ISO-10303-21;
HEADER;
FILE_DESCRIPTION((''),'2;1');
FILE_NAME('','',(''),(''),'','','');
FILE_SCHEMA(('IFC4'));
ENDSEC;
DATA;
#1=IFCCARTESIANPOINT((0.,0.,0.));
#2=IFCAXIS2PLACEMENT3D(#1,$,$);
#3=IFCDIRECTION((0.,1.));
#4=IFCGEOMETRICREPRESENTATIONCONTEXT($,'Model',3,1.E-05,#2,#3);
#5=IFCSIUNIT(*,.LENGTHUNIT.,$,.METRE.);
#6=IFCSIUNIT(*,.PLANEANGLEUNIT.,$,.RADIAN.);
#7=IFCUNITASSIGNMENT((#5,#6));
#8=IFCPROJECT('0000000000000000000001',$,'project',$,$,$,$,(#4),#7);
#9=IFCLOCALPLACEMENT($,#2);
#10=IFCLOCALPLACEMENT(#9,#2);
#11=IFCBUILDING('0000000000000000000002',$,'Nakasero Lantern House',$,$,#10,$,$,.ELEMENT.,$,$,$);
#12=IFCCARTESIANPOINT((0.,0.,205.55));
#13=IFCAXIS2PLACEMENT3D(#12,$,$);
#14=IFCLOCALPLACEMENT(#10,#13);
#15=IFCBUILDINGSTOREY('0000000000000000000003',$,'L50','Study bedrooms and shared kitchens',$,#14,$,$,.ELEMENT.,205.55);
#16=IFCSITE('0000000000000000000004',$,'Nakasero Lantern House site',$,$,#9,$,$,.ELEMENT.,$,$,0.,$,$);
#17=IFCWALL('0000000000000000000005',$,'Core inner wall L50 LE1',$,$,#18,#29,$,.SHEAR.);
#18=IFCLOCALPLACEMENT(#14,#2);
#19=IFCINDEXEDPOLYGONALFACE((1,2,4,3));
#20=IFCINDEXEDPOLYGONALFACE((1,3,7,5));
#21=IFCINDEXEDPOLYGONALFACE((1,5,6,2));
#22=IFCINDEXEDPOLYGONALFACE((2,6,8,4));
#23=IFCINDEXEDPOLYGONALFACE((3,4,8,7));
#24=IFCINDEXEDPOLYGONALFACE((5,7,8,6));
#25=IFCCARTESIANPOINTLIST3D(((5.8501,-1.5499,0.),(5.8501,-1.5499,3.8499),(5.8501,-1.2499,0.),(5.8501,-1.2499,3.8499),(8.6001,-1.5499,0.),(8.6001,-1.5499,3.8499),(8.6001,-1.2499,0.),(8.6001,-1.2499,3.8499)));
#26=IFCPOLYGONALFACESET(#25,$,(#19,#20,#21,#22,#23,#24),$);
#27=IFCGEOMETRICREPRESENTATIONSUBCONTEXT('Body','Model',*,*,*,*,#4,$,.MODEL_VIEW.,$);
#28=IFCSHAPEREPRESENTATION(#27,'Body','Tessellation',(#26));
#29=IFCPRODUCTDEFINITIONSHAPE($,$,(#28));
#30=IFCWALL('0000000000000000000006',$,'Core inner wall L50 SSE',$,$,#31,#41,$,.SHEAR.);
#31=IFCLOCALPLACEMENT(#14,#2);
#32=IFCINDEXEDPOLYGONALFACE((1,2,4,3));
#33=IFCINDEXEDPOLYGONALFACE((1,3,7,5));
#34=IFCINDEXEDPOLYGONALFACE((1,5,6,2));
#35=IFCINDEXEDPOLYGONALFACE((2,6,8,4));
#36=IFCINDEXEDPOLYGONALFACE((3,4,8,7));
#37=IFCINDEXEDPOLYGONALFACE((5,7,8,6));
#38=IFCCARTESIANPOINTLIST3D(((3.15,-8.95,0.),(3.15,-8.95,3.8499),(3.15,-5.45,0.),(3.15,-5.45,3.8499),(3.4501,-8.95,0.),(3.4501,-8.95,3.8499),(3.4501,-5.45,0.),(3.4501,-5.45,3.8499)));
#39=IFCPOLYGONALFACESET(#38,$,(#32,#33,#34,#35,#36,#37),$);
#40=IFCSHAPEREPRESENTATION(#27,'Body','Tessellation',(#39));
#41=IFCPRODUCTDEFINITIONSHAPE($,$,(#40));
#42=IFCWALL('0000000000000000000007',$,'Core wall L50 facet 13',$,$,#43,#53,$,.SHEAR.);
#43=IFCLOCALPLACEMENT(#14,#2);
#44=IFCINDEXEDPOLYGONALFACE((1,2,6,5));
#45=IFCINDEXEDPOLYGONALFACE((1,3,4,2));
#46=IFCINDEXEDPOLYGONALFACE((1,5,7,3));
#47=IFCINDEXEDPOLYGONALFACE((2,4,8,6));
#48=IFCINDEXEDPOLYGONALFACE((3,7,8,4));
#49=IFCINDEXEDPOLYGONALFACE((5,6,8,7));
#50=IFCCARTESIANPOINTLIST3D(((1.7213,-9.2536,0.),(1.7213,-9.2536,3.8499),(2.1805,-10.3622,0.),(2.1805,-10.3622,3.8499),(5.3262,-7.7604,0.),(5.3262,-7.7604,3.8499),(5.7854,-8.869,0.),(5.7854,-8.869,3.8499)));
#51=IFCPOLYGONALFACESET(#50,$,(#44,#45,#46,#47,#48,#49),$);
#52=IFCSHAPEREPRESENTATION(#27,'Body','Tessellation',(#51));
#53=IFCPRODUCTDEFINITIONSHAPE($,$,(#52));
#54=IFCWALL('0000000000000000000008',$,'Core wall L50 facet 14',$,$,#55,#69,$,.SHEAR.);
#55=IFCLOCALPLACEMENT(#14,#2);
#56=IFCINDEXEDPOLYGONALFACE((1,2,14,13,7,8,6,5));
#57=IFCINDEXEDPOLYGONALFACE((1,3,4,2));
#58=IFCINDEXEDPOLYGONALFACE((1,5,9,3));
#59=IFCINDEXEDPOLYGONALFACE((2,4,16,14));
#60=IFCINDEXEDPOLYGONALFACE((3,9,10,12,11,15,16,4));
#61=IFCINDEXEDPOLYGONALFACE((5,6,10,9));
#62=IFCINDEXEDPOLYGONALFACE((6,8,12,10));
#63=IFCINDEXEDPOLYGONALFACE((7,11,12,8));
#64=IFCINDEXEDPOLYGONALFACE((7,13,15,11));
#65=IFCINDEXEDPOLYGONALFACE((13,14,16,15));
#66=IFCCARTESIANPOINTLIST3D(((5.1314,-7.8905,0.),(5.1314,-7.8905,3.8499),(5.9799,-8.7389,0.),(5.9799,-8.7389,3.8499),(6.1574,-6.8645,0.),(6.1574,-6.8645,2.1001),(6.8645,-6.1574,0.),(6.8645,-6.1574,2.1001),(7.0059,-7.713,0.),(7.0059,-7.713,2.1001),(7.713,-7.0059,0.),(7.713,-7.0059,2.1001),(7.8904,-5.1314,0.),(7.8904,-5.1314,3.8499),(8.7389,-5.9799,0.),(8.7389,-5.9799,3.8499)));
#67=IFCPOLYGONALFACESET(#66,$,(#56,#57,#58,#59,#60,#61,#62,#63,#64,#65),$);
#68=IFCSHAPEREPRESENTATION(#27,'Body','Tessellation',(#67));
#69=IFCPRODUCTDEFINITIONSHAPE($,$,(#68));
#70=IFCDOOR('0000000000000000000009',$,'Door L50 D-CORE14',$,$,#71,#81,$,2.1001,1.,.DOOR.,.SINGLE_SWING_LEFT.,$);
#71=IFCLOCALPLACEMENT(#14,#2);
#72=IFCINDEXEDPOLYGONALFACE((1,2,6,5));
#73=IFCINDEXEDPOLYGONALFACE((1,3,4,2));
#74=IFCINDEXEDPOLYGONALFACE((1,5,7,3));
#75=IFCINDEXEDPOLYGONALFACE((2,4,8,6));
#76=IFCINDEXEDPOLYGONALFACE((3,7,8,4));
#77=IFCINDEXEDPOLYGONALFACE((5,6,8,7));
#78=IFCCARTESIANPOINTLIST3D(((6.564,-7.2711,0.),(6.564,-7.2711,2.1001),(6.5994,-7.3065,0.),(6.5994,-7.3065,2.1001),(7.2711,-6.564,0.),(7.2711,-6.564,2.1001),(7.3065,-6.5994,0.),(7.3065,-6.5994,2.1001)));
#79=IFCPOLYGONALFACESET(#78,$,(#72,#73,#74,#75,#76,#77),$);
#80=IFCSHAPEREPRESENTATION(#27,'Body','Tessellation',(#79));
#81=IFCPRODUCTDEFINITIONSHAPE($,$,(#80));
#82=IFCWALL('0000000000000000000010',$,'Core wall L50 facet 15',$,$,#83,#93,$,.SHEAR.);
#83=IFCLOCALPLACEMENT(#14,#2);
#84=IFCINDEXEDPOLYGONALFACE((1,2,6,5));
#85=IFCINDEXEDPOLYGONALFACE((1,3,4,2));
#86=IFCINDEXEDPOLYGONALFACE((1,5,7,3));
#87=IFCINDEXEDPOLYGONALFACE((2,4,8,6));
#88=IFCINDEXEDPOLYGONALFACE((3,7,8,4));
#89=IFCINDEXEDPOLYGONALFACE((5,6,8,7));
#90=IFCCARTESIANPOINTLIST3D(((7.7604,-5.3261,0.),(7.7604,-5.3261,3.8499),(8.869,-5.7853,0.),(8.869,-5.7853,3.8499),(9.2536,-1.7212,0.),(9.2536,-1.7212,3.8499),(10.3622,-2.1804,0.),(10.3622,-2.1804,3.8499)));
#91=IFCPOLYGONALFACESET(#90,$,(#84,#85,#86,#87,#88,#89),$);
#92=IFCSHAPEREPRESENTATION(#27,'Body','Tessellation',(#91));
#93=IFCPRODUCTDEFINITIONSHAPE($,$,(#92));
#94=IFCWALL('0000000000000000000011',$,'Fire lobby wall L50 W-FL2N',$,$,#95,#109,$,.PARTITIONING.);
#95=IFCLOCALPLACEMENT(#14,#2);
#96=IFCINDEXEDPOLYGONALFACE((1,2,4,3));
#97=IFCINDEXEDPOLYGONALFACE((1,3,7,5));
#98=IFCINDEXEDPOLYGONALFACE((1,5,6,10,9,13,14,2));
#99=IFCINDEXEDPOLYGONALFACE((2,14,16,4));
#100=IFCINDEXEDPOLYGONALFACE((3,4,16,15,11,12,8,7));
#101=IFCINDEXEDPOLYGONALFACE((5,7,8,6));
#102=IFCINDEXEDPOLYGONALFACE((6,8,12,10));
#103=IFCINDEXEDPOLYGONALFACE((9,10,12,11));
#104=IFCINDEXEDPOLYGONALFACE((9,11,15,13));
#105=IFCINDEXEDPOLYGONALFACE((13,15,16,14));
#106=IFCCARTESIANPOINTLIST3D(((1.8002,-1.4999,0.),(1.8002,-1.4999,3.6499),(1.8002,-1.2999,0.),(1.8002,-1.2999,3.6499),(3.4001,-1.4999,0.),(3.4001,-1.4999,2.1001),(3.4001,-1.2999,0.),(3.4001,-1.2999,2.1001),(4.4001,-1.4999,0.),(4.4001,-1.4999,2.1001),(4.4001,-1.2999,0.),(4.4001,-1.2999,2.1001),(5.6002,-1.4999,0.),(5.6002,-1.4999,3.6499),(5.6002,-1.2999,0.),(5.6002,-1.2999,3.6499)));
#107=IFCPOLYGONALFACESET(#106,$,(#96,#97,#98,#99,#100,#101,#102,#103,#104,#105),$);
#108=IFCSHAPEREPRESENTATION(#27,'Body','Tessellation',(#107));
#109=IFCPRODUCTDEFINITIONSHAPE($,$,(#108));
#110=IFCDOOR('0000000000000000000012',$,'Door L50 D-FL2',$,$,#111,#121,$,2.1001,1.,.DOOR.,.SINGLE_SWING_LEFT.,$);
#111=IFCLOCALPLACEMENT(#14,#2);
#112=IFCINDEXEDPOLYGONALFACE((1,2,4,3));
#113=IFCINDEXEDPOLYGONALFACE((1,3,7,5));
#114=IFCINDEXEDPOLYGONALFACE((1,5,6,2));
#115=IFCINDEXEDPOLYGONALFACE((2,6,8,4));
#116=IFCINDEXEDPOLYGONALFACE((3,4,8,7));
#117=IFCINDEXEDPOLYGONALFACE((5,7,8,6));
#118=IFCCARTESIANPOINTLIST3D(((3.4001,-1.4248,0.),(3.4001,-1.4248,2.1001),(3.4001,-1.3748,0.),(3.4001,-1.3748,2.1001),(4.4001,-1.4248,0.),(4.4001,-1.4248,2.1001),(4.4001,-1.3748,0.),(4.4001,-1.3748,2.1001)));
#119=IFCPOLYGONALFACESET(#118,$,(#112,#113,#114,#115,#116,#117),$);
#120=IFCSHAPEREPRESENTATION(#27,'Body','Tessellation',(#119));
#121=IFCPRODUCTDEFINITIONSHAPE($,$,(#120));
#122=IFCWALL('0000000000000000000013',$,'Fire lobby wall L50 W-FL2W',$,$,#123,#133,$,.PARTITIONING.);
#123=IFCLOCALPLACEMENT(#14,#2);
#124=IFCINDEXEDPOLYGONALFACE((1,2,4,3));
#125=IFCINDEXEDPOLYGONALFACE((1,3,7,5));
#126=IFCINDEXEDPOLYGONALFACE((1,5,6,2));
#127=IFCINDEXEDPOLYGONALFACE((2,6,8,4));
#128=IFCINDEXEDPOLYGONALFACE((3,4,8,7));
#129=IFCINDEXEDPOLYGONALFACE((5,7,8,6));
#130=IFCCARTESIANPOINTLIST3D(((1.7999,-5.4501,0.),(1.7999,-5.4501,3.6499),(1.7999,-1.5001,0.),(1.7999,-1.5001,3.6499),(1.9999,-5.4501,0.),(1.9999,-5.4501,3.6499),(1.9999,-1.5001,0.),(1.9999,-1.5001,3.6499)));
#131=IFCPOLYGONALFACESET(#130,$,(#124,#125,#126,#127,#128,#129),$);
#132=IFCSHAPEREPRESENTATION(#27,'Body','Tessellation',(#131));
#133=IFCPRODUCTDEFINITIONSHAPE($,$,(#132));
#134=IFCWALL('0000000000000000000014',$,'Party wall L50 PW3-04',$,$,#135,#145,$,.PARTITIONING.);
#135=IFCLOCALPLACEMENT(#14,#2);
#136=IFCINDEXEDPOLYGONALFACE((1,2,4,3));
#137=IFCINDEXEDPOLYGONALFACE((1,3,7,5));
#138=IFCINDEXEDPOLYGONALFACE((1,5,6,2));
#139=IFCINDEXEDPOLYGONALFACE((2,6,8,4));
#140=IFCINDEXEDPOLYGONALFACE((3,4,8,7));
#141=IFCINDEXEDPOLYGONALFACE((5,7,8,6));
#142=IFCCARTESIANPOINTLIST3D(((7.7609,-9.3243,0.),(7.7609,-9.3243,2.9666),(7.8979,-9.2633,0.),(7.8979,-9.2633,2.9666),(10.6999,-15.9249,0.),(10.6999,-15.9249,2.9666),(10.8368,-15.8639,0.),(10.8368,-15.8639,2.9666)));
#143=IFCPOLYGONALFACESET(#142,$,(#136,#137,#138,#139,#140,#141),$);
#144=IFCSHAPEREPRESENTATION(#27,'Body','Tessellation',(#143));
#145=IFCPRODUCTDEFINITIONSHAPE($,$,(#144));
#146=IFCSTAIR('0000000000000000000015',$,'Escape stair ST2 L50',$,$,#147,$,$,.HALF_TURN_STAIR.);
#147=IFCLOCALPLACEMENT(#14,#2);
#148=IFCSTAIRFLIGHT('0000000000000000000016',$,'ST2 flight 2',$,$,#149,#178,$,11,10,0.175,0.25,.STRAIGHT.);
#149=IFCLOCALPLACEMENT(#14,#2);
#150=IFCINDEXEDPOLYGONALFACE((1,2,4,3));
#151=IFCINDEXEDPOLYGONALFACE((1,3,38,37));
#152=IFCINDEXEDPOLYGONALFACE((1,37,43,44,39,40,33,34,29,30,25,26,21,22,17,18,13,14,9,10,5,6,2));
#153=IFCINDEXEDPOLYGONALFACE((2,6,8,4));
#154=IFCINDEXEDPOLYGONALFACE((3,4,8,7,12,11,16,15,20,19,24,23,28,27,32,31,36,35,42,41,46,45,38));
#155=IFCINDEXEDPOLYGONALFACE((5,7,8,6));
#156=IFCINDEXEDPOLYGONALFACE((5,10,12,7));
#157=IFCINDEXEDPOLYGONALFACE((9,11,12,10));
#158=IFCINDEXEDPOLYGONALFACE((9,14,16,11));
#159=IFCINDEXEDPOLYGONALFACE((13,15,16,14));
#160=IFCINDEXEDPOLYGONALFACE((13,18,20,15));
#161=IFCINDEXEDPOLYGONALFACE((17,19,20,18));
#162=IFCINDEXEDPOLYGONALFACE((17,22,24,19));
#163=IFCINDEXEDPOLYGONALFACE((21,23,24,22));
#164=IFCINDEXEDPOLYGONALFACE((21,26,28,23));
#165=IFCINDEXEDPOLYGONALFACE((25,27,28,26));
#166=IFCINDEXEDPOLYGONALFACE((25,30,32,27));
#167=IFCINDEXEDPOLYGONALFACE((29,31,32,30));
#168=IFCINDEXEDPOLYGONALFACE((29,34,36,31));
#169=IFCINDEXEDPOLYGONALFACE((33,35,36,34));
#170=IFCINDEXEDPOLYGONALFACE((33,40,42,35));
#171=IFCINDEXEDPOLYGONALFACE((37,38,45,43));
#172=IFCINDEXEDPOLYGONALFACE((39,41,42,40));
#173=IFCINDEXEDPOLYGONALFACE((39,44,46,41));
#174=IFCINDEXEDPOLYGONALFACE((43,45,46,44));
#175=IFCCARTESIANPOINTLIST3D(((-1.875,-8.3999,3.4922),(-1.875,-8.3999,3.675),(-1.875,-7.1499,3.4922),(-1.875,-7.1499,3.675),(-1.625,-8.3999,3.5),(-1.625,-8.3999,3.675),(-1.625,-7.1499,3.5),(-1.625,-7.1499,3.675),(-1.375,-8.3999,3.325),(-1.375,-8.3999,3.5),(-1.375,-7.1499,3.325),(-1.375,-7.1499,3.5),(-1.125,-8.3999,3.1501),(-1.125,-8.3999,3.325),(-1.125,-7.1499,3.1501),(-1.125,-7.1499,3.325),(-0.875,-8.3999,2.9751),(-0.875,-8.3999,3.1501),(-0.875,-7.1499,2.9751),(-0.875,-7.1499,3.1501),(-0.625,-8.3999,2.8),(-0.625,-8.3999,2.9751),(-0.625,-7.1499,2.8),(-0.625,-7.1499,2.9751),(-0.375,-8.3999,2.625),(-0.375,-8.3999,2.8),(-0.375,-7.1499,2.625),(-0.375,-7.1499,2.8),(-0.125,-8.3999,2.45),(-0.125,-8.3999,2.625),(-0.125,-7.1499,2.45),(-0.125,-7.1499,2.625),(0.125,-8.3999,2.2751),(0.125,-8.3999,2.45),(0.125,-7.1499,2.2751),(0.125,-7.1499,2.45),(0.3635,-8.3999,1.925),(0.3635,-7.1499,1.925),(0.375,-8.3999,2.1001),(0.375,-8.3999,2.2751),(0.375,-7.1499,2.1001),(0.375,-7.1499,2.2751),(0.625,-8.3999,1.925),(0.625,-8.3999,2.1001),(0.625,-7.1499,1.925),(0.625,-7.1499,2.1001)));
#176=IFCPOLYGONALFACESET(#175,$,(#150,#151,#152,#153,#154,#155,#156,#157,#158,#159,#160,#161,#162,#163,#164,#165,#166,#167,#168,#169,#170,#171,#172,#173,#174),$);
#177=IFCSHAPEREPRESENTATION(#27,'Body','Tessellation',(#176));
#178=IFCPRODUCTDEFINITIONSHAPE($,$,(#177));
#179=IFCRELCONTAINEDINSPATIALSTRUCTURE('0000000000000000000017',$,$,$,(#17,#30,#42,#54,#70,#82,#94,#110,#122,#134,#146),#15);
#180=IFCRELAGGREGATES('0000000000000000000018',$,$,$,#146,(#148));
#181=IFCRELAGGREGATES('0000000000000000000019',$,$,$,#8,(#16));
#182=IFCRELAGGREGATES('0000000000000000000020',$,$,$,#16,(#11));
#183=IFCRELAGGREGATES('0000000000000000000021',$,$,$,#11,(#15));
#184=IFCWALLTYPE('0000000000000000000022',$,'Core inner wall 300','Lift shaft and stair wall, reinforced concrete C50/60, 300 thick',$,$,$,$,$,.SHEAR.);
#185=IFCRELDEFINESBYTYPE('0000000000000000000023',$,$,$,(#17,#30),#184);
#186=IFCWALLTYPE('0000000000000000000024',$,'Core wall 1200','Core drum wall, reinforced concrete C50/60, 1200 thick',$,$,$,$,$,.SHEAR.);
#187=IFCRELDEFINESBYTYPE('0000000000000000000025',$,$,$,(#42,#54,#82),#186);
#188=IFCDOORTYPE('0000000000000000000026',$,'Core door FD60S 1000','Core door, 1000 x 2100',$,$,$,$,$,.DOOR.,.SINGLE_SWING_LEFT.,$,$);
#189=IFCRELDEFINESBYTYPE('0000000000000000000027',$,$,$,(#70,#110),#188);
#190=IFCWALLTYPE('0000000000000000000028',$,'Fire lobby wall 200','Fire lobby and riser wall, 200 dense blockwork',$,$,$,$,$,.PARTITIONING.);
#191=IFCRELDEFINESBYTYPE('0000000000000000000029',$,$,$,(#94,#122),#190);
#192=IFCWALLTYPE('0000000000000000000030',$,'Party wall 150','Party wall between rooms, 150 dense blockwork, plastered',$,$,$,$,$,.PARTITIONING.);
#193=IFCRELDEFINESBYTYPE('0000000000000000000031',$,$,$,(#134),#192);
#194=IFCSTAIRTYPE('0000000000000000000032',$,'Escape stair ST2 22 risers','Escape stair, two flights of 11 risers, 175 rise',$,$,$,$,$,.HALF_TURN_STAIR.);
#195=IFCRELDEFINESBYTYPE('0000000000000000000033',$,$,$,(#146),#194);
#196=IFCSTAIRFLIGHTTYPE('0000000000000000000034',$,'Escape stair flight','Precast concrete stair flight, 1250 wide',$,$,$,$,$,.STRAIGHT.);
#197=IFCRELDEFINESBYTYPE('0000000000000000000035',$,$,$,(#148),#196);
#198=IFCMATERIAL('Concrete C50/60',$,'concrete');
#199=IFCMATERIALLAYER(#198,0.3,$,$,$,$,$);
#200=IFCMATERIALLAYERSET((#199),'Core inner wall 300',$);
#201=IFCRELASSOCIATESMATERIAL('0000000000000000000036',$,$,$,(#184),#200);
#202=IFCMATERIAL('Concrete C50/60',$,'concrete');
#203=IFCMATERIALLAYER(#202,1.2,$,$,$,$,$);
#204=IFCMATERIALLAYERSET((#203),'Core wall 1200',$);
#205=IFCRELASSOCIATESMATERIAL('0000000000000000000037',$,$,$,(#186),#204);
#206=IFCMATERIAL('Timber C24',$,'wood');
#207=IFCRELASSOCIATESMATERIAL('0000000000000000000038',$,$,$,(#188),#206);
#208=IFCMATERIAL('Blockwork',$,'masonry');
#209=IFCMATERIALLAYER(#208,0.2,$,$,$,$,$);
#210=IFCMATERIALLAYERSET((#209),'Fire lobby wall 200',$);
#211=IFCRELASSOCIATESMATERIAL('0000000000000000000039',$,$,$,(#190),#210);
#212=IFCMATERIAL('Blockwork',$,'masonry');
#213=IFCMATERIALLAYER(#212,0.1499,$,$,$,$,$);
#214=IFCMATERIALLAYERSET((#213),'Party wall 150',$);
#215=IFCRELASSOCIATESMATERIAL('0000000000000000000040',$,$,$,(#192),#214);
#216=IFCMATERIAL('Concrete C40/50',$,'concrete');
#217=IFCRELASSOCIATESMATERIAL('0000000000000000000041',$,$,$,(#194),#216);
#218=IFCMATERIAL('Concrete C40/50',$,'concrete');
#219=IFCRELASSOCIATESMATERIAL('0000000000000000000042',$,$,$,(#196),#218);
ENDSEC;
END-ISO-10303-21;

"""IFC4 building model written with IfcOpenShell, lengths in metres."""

from ifc_helpers import new_model, si_unit, direction, frame, frame_2d, origin, place, context, subcontext, project, spatial, polyline, rectangle, outline, extrude, material, layer, layer_set, type_object, element, fill, aggregate, save


model = new_model("IFC4")

# Units and contexts
model_context = context("Model", 3, precision=1e-05, world=origin(), true_north=direction((0.0, 1.0)))
body_context = subcontext(model_context, "Body", "Model", "MODEL_VIEW")
ifc_project = project(units=[si_unit("LENGTHUNIT", "METRE"), si_unit("PLANEANGLEUNIT", "RADIAN")], contexts=[model_context])

# Site, building, storey
site_placement = place(None, origin())
site = spatial("IfcSite", under=ifc_project, at=site_placement, Name="Nakasero Lantern House site", CompositionType="ELEMENT", RefElevation=0.0)
building_placement = place(site_placement, origin())
building = spatial("IfcBuilding", under=site, at=building_placement, Name="Nakasero Lantern House", CompositionType="ELEMENT")
storey_placement = place(building_placement, frame((0.0, 0.0, 205.55)))
storey = spatial("IfcBuildingStorey", under=building, at=storey_placement, Name="L50", Description="Study bedrooms and shared kitchens", CompositionType="ELEMENT", Elevation=205.55)

# Shared definitions
ifc_material_1 = material(Name="Concrete C50/60", Category="concrete")
ifc_layer_1 = layer(ifc_material_1, 0.3)
ifc_layer_set_1 = layer_set([ifc_layer_1], Name="Core inner wall 300")
wall_type_1 = type_object("IfcWallType", Name="Core inner wall 300", Description="Lift shaft and stair wall, reinforced concrete C50/60, 300 thick", PredefinedType="SHEAR", material=ifc_layer_set_1)

# Walls
wall_1_placement = place(storey_placement, frame((5.8501, -1.3999, 0.0), z_axis=(0.0, 0.0, 1.0), x_axis=(1.0, 0.0, 0.0)))
element("IfcWall", 1, at=wall_1_placement, inside=storey, type_object=wall_type_1, Name="Core inner wall L50 LE1", PredefinedType="SHEAR", context=body_context, shape_type="SweptSolid", body=[
    extrude(rectangle(XDim=2.75, YDim=0.3, at=frame_2d((1.375, 0.0))), origin(), (0.0, 0.0, 1.0), 3.8499),
])
wall_2_placement = place(storey_placement, frame((3.3, -5.45, 0.0), z_axis=(0.0, 0.0, 1.0), x_axis=(0.0, -1.0, 0.0)))
element("IfcWall", 2, at=wall_2_placement, inside=storey, type_object=wall_type_1, Name="Core inner wall L50 SSE", PredefinedType="SHEAR", context=body_context, shape_type="SweptSolid", body=[
    extrude(rectangle(XDim=3.5, YDim=0.3, at=frame_2d((1.75, 0.0))), origin(), (0.0, 0.0, 1.0), 3.8499),
])
ifc_material_2 = material(Name="Concrete C50/60", Category="concrete")
ifc_layer_2 = layer(ifc_material_2, 1.2)
ifc_layer_set_2 = layer_set([ifc_layer_2], Name="Core wall 1200")
wall_type_2 = type_object("IfcWallType", Name="Core wall 1200", Description="Core drum wall, reinforced concrete C50/60, 1200 thick", PredefinedType="SHEAR", material=ifc_layer_set_2)
wall_3_placement = place(storey_placement, frame((1.9509, -9.8079, 0.0), z_axis=(0.0, 0.0, 1.0), x_axis=(0.923877, 0.382691, 0.0)))
element("IfcWall", 3, at=wall_3_placement, inside=storey, type_object=wall_type_2, Name="Core wall L50 facet 13", PredefinedType="SHEAR", context=body_context, shape_type="SweptSolid", body=[
    extrude(rectangle(XDim=3.9019, YDim=1.2, at=frame_2d((1.9509, 0.0))), origin(), (0.0, 0.0, 1.0), 3.8499),
])

# Wall, opening, door
wall_4_placement = place(storey_placement, frame((5.5557, -8.3147, 0.0), z_axis=(0.0, 0.0, 1.0), x_axis=(0.707107, 0.707107, 0.0)))
wall_4 = element("IfcWall", 4, at=wall_4_placement, inside=storey, type_object=wall_type_2, Name="Core wall L50 facet 14", PredefinedType="SHEAR", context=body_context, shape_type="SweptSolid", body=[
    extrude(rectangle(XDim=3.9019, YDim=1.2, at=frame_2d((1.9509, 0.0))), origin(), (0.0, 0.0, 1.0), 3.8499),
])
opening_1_placement = place(wall_4_placement, frame((1.4509, 0.0, 0.0)))
opening_1 = element("IfcOpeningElement", 5, at=opening_1_placement, cuts=wall_4, PredefinedType="OPENING", context=body_context, shape_type="SweptSolid", body=[
    extrude(rectangle(XDim=1.0, YDim=2.1001, at=frame_2d((0.5, 1.05))), frame((0.0, 0.6199, 0.0), z_axis=(0.0, -1.0, 0.0), x_axis=(1.0, 0.0, 0.0)), (0.0, 0.0, 1.0), 1.24),
])
ifc_material_3 = material(Name="Timber C24", Category="wood")
door_type_1 = type_object("IfcDoorType", Name="Core door FD60S 1000", Description="Core door, 1000 x 2100", OperationType="SINGLE_SWING_LEFT", PredefinedType="DOOR", material=ifc_material_3)
door_1_placement = place(opening_1_placement, origin())
door_1 = element("IfcDoor", 6, at=door_1_placement, inside=storey, type_object=door_type_1, Name="Door L50 D-CORE14", OperationType="SINGLE_SWING_LEFT", OverallHeight=2.1001, OverallWidth=1.0, PredefinedType="DOOR", context=body_context, shape_type="SweptSolid", body=[
    extrude(rectangle(XDim=1.0, YDim=2.1001, at=frame_2d((0.5, 1.05))), frame((0.0, 0.0249, 0.0), z_axis=(0.0, -1.0, 0.0), x_axis=(1.0, 0.0, 0.0)), (0.0, 0.0, 1.0), 0.05),
])
fill(opening_1, door_1)

# Wall
wall_5_placement = place(storey_placement, frame((8.3147, -5.5557, 0.0), z_axis=(0.0, 0.0, 1.0), x_axis=(0.382691, 0.923877, 0.0)))
element("IfcWall", 7, at=wall_5_placement, inside=storey, type_object=wall_type_2, Name="Core wall L50 facet 15", PredefinedType="SHEAR", context=body_context, shape_type="SweptSolid", body=[
    extrude(rectangle(XDim=3.9019, YDim=1.2, at=frame_2d((1.9509, 0.0))), origin(), (0.0, 0.0, 1.0), 3.8499),
])

# Wall, opening, door
ifc_material_4 = material(Name="Blockwork", Category="masonry")
ifc_layer_3 = layer(ifc_material_4, 0.2)
ifc_layer_set_3 = layer_set([ifc_layer_3], Name="Fire lobby wall 200")
wall_type_3 = type_object("IfcWallType", Name="Fire lobby wall 200", Description="Fire lobby and riser wall, 200 dense blockwork", PredefinedType="PARTITIONING", material=ifc_layer_set_3)
wall_6_placement = place(storey_placement, frame((5.6001, -1.3999, 0.0), z_axis=(0.0, 0.0, 1.0), x_axis=(-1.0, 0.0, 0.0)))
wall_6 = element("IfcWall", 8, at=wall_6_placement, inside=storey, type_object=wall_type_3, Name="Fire lobby wall L50 W-FL2N", PredefinedType="PARTITIONING", context=body_context, shape_type="SweptSolid", body=[
    extrude(rectangle(XDim=3.8, YDim=0.2, at=frame_2d((1.8999, 0.0))), origin(), (0.0, 0.0, 1.0), 3.6499),
])
opening_2_placement = place(wall_6_placement, frame((1.2, 0.0, 0.0)))
opening_2 = element("IfcOpeningElement", 9, at=opening_2_placement, cuts=wall_6, PredefinedType="OPENING", context=body_context, shape_type="SweptSolid", body=[
    extrude(rectangle(XDim=1.0, YDim=2.1001, at=frame_2d((0.5, 1.05))), frame((0.0, 0.1199, 0.0), z_axis=(0.0, -1.0, 0.0), x_axis=(1.0, 0.0, 0.0)), (0.0, 0.0, 1.0), 0.24),
])
door_2_placement = place(opening_2_placement, origin())
door_2 = element("IfcDoor", 10, at=door_2_placement, inside=storey, type_object=door_type_1, Name="Door L50 D-FL2", OperationType="SINGLE_SWING_LEFT", OverallHeight=2.1001, OverallWidth=1.0, PredefinedType="DOOR", context=body_context, shape_type="SweptSolid", body=[
    extrude(rectangle(XDim=1.0, YDim=2.1001, at=frame_2d((0.5, 1.05))), frame((0.0, 0.0249, 0.0), z_axis=(0.0, -1.0, 0.0), x_axis=(1.0, 0.0, 0.0)), (0.0, 0.0, 1.0), 0.05),
])
fill(opening_2, door_2)

# Walls
wall_7_placement = place(storey_placement, frame((1.8999, -1.5, 0.0), z_axis=(0.0, 0.0, 1.0), x_axis=(0.0, -1.0, 0.0)))
element("IfcWall", 11, at=wall_7_placement, inside=storey, type_object=wall_type_3, Name="Fire lobby wall L50 W-FL2W", PredefinedType="PARTITIONING", context=body_context, shape_type="SweptSolid", body=[
    extrude(rectangle(XDim=3.95, YDim=0.2, at=frame_2d((1.9751, 0.0))), origin(), (0.0, 0.0, 1.0), 3.6499),
])
ifc_material_5 = material(Name="Blockwork", Category="masonry")
ifc_layer_4 = layer(ifc_material_5, 0.1499)
ifc_layer_set_4 = layer_set([ifc_layer_4], Name="Party wall 150")
wall_type_4 = type_object("IfcWallType", Name="Party wall 150", Description="Party wall between rooms, 150 dense blockwork, plastered", PredefinedType="PARTITIONING", material=ifc_layer_set_4)
wall_8_placement = place(storey_placement, frame((7.8293, -9.2937, 0.0), z_axis=(0.0, 0.0, 1.0), x_axis=(0.406759, -0.913535, 0.0)))
element("IfcWall", 12, at=wall_8_placement, inside=storey, type_object=wall_type_4, Name="Party wall L50 PW3-04", PredefinedType="PARTITIONING", context=body_context, shape_type="SweptSolid", body=[
    extrude(rectangle(XDim=7.2253, YDim=0.1499, at=frame_2d((3.6128, 0.0))), origin(), (0.0, 0.0, 1.0), 2.9666),
])

# Stair, stair flight
ifc_material_6 = material(Name="Concrete C40/50", Category="concrete")
stair_type_1 = type_object("IfcStairType", Name="Escape stair ST2 22 risers", Description="Escape stair, two flights of 11 risers, 175 rise", PredefinedType="HALF_TURN_STAIR", material=ifc_material_6)
stair_1_placement = place(storey_placement, origin())
stair_1 = element("IfcStair", 13, at=stair_1_placement, inside=storey, type_object=stair_type_1, Name="Escape stair ST2 L50", PredefinedType="HALF_TURN_STAIR")
ifc_material_7 = material(Name="Concrete C40/50", Category="concrete")
stair_flight_type = type_object("IfcStairFlightType", Name="Escape stair flight", Description="Precast concrete stair flight, 1250 wide", PredefinedType="STRAIGHT", material=ifc_material_7)
stair_flight_placement = place(storey_placement, frame((0.625, -7.7749, 1.925), z_axis=(0.0, 0.0, 1.0), x_axis=(-1.0, 0.0, 0.0)))
stair_flight = element("IfcStairFlight", 14, at=stair_flight_placement, type_object=stair_flight_type, Name="ST2 flight 2", NumberOfRisers=11, NumberOfTreads=10, PredefinedType="STRAIGHT", RiserHeight=0.175, TreadLength=0.25, context=body_context, shape_type="SweptSolid", body=[
    extrude(outline(polyline([(0.0, 0.0), (0.0, 0.175), (0.25, 0.175), (0.25, 0.3501), (0.5, 0.3501), (0.5, 0.5249), (0.75, 0.5249), (0.75, 0.7), (1.0, 0.7), (1.0, 0.875), (1.25, 0.875), (1.25, 1.05), (1.5, 1.05), (1.5, 1.2251), (1.75, 1.2251), (1.75, 1.3999), (2.0, 1.3999), (2.0, 1.575), (2.25, 1.575), (2.25, 1.75), (2.5, 1.75), (2.5, 1.925), (2.5, 1.5671), (0.2615, 0.0), (0.0, 0.0)])), frame((0.0, 0.625, 0.0), z_axis=(0.0, -1.0, 0.0), x_axis=(1.0, 0.0, 0.0)), (0.0, 0.0, 1.0), 1.25),
])
aggregate(stair_1, [stair_flight])

save(model, "model.ifc")
